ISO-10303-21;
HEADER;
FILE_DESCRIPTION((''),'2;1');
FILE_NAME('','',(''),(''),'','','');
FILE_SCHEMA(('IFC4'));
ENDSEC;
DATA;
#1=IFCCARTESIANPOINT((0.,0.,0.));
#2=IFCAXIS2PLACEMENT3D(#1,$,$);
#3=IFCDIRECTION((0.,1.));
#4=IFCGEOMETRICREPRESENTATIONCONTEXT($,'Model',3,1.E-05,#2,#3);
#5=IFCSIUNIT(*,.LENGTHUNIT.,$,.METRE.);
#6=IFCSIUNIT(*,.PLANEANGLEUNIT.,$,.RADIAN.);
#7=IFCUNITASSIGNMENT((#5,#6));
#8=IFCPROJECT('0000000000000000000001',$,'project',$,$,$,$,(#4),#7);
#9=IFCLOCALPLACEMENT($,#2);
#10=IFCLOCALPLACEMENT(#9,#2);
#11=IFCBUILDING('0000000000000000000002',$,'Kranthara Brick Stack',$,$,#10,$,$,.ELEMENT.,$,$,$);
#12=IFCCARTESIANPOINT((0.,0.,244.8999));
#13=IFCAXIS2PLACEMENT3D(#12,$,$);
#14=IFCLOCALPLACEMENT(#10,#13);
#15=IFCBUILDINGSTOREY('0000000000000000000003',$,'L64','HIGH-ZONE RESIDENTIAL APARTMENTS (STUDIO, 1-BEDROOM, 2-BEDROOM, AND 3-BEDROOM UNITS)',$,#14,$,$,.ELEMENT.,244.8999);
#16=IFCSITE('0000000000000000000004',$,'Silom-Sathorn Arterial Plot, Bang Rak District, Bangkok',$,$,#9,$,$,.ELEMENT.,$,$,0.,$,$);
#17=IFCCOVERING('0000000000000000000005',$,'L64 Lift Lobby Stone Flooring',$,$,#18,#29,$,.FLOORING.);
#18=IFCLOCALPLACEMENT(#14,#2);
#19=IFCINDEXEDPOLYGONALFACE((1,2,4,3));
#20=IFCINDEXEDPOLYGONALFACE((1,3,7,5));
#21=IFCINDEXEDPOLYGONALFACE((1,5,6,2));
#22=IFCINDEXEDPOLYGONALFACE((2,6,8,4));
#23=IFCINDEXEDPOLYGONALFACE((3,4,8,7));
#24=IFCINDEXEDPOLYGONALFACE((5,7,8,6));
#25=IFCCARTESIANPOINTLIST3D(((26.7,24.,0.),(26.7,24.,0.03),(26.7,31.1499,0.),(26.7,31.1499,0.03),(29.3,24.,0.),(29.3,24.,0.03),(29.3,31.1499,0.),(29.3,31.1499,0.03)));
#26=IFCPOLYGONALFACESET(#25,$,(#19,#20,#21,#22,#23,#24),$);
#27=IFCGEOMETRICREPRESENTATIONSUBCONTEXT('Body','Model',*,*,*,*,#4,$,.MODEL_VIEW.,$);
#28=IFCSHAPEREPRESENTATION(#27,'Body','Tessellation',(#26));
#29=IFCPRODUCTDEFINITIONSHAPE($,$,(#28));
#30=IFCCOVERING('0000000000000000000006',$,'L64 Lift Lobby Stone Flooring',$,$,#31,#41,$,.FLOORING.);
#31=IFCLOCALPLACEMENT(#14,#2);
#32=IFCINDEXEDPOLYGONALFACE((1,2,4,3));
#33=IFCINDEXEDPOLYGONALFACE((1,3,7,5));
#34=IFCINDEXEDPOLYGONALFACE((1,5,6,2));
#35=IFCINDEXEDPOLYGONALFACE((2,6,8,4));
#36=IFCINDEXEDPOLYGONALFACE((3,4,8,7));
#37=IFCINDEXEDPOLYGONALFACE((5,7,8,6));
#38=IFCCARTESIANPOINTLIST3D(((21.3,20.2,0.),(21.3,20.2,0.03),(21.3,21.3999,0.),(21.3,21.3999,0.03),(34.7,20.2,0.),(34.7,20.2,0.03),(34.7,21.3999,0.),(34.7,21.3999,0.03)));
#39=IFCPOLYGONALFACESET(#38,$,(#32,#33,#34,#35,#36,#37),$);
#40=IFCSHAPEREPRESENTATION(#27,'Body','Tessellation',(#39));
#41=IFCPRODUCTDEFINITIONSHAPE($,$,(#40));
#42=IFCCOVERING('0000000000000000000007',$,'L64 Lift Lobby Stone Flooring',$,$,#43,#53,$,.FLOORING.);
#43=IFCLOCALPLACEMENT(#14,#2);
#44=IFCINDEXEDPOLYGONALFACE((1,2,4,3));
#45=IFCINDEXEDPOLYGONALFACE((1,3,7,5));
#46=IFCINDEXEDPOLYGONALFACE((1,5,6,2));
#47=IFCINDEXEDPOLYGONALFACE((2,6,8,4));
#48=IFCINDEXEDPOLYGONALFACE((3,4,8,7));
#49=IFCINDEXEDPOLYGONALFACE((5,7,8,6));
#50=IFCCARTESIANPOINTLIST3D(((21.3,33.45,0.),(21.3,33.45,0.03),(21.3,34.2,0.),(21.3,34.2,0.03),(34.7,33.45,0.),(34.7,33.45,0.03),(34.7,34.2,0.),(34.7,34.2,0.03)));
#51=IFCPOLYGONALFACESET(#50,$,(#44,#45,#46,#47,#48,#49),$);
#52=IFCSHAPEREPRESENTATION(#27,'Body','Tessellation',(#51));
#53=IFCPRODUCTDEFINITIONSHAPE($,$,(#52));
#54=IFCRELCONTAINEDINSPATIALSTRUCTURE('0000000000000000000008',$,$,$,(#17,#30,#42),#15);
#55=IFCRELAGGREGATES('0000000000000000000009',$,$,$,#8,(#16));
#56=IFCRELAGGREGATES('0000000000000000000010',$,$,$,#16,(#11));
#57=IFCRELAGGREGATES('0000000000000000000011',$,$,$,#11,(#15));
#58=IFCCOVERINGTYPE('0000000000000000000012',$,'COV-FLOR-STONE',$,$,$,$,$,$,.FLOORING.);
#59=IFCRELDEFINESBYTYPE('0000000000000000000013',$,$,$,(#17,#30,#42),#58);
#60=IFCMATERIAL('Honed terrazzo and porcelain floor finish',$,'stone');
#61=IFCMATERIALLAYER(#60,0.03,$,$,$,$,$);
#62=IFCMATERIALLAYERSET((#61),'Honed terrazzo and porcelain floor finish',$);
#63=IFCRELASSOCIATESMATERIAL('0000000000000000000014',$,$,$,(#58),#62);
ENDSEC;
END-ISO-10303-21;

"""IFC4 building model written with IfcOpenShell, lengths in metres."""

from ifc_helpers import new_model, si_unit, direction, frame, origin, place, context, subcontext, project, spatial, polyline, outline, extrude, material, layer, layer_set, type_object, element, save


model = new_model("IFC4")

# Units and contexts
model_context = context("Model", 3, precision=1e-05, world=origin(), true_north=direction((0.0, 1.0)))
body_context = subcontext(model_context, "Body", "Model", "MODEL_VIEW")
ifc_project = project(units=[si_unit("LENGTHUNIT", "METRE"), si_unit("PLANEANGLEUNIT", "RADIAN")], contexts=[model_context])

# Site, building, storey
site_placement = place(None, origin())
site = spatial("IfcSite", under=ifc_project, at=site_placement, Name="Silom-Sathorn Arterial Plot, Bang Rak District, Bangkok", CompositionType="ELEMENT", RefElevation=0.0)
building_placement = place(site_placement, origin())
building = spatial("IfcBuilding", under=site, at=building_placement, Name="Kranthara Brick Stack", CompositionType="ELEMENT")
storey_placement = place(building_placement, frame((0.0, 0.0, 244.8999)))
storey = spatial("IfcBuildingStorey", under=building, at=storey_placement, Name="L64", Description="HIGH-ZONE RESIDENTIAL APARTMENTS (STUDIO, 1-BEDROOM, 2-BEDROOM, AND 3-BEDROOM UNITS)", CompositionType="ELEMENT", Elevation=244.8999)

# Coverings
ifc_material_1 = material(Name="Honed terrazzo and porcelain floor finish", Category="stone")
ifc_layer_1 = layer(ifc_material_1, 0.03)
ifc_layer_set_1 = layer_set([ifc_layer_1], Name="Honed terrazzo and porcelain floor finish")
covering_type_1 = type_object("IfcCoveringType", Name="COV-FLOR-STONE", PredefinedType="FLOORING", material=ifc_layer_set_1)
covering_1_placement = place(storey_placement, origin())
element("IfcCovering", 1, at=covering_1_placement, inside=storey, type_object=covering_type_1, Name="L64 Lift Lobby Stone Flooring", PredefinedType="FLOORING", context=body_context, shape_type="SweptSolid", body=[
    extrude(outline(polyline([(29.3, 24.0), (26.7, 24.0), (26.7, 31.1499), (29.3, 31.1499), (29.3, 24.0)])), origin(), (0.0, 0.0, 1.0), 0.03),
])
covering_2_placement = place(storey_placement, origin())
element("IfcCovering", 2, at=covering_2_placement, inside=storey, type_object=covering_type_1, Name="L64 Lift Lobby Stone Flooring", PredefinedType="FLOORING", context=body_context, shape_type="SweptSolid", body=[
    extrude(outline(polyline([(34.7, 20.2), (21.3, 20.2), (21.3, 21.3999), (34.7, 21.3999), (34.7, 20.2)])), origin(), (0.0, 0.0, 1.0), 0.03),
])
covering_3_placement = place(storey_placement, origin())
element("IfcCovering", 3, at=covering_3_placement, inside=storey, type_object=covering_type_1, Name="L64 Lift Lobby Stone Flooring", PredefinedType="FLOORING", context=body_context, shape_type="SweptSolid", body=[
    extrude(outline(polyline([(34.7, 33.45), (21.3, 33.45), (21.3, 34.2), (34.7, 34.2), (34.7, 33.45)])), origin(), (0.0, 0.0, 1.0), 0.03),
])

save(model, "model.ifc")
